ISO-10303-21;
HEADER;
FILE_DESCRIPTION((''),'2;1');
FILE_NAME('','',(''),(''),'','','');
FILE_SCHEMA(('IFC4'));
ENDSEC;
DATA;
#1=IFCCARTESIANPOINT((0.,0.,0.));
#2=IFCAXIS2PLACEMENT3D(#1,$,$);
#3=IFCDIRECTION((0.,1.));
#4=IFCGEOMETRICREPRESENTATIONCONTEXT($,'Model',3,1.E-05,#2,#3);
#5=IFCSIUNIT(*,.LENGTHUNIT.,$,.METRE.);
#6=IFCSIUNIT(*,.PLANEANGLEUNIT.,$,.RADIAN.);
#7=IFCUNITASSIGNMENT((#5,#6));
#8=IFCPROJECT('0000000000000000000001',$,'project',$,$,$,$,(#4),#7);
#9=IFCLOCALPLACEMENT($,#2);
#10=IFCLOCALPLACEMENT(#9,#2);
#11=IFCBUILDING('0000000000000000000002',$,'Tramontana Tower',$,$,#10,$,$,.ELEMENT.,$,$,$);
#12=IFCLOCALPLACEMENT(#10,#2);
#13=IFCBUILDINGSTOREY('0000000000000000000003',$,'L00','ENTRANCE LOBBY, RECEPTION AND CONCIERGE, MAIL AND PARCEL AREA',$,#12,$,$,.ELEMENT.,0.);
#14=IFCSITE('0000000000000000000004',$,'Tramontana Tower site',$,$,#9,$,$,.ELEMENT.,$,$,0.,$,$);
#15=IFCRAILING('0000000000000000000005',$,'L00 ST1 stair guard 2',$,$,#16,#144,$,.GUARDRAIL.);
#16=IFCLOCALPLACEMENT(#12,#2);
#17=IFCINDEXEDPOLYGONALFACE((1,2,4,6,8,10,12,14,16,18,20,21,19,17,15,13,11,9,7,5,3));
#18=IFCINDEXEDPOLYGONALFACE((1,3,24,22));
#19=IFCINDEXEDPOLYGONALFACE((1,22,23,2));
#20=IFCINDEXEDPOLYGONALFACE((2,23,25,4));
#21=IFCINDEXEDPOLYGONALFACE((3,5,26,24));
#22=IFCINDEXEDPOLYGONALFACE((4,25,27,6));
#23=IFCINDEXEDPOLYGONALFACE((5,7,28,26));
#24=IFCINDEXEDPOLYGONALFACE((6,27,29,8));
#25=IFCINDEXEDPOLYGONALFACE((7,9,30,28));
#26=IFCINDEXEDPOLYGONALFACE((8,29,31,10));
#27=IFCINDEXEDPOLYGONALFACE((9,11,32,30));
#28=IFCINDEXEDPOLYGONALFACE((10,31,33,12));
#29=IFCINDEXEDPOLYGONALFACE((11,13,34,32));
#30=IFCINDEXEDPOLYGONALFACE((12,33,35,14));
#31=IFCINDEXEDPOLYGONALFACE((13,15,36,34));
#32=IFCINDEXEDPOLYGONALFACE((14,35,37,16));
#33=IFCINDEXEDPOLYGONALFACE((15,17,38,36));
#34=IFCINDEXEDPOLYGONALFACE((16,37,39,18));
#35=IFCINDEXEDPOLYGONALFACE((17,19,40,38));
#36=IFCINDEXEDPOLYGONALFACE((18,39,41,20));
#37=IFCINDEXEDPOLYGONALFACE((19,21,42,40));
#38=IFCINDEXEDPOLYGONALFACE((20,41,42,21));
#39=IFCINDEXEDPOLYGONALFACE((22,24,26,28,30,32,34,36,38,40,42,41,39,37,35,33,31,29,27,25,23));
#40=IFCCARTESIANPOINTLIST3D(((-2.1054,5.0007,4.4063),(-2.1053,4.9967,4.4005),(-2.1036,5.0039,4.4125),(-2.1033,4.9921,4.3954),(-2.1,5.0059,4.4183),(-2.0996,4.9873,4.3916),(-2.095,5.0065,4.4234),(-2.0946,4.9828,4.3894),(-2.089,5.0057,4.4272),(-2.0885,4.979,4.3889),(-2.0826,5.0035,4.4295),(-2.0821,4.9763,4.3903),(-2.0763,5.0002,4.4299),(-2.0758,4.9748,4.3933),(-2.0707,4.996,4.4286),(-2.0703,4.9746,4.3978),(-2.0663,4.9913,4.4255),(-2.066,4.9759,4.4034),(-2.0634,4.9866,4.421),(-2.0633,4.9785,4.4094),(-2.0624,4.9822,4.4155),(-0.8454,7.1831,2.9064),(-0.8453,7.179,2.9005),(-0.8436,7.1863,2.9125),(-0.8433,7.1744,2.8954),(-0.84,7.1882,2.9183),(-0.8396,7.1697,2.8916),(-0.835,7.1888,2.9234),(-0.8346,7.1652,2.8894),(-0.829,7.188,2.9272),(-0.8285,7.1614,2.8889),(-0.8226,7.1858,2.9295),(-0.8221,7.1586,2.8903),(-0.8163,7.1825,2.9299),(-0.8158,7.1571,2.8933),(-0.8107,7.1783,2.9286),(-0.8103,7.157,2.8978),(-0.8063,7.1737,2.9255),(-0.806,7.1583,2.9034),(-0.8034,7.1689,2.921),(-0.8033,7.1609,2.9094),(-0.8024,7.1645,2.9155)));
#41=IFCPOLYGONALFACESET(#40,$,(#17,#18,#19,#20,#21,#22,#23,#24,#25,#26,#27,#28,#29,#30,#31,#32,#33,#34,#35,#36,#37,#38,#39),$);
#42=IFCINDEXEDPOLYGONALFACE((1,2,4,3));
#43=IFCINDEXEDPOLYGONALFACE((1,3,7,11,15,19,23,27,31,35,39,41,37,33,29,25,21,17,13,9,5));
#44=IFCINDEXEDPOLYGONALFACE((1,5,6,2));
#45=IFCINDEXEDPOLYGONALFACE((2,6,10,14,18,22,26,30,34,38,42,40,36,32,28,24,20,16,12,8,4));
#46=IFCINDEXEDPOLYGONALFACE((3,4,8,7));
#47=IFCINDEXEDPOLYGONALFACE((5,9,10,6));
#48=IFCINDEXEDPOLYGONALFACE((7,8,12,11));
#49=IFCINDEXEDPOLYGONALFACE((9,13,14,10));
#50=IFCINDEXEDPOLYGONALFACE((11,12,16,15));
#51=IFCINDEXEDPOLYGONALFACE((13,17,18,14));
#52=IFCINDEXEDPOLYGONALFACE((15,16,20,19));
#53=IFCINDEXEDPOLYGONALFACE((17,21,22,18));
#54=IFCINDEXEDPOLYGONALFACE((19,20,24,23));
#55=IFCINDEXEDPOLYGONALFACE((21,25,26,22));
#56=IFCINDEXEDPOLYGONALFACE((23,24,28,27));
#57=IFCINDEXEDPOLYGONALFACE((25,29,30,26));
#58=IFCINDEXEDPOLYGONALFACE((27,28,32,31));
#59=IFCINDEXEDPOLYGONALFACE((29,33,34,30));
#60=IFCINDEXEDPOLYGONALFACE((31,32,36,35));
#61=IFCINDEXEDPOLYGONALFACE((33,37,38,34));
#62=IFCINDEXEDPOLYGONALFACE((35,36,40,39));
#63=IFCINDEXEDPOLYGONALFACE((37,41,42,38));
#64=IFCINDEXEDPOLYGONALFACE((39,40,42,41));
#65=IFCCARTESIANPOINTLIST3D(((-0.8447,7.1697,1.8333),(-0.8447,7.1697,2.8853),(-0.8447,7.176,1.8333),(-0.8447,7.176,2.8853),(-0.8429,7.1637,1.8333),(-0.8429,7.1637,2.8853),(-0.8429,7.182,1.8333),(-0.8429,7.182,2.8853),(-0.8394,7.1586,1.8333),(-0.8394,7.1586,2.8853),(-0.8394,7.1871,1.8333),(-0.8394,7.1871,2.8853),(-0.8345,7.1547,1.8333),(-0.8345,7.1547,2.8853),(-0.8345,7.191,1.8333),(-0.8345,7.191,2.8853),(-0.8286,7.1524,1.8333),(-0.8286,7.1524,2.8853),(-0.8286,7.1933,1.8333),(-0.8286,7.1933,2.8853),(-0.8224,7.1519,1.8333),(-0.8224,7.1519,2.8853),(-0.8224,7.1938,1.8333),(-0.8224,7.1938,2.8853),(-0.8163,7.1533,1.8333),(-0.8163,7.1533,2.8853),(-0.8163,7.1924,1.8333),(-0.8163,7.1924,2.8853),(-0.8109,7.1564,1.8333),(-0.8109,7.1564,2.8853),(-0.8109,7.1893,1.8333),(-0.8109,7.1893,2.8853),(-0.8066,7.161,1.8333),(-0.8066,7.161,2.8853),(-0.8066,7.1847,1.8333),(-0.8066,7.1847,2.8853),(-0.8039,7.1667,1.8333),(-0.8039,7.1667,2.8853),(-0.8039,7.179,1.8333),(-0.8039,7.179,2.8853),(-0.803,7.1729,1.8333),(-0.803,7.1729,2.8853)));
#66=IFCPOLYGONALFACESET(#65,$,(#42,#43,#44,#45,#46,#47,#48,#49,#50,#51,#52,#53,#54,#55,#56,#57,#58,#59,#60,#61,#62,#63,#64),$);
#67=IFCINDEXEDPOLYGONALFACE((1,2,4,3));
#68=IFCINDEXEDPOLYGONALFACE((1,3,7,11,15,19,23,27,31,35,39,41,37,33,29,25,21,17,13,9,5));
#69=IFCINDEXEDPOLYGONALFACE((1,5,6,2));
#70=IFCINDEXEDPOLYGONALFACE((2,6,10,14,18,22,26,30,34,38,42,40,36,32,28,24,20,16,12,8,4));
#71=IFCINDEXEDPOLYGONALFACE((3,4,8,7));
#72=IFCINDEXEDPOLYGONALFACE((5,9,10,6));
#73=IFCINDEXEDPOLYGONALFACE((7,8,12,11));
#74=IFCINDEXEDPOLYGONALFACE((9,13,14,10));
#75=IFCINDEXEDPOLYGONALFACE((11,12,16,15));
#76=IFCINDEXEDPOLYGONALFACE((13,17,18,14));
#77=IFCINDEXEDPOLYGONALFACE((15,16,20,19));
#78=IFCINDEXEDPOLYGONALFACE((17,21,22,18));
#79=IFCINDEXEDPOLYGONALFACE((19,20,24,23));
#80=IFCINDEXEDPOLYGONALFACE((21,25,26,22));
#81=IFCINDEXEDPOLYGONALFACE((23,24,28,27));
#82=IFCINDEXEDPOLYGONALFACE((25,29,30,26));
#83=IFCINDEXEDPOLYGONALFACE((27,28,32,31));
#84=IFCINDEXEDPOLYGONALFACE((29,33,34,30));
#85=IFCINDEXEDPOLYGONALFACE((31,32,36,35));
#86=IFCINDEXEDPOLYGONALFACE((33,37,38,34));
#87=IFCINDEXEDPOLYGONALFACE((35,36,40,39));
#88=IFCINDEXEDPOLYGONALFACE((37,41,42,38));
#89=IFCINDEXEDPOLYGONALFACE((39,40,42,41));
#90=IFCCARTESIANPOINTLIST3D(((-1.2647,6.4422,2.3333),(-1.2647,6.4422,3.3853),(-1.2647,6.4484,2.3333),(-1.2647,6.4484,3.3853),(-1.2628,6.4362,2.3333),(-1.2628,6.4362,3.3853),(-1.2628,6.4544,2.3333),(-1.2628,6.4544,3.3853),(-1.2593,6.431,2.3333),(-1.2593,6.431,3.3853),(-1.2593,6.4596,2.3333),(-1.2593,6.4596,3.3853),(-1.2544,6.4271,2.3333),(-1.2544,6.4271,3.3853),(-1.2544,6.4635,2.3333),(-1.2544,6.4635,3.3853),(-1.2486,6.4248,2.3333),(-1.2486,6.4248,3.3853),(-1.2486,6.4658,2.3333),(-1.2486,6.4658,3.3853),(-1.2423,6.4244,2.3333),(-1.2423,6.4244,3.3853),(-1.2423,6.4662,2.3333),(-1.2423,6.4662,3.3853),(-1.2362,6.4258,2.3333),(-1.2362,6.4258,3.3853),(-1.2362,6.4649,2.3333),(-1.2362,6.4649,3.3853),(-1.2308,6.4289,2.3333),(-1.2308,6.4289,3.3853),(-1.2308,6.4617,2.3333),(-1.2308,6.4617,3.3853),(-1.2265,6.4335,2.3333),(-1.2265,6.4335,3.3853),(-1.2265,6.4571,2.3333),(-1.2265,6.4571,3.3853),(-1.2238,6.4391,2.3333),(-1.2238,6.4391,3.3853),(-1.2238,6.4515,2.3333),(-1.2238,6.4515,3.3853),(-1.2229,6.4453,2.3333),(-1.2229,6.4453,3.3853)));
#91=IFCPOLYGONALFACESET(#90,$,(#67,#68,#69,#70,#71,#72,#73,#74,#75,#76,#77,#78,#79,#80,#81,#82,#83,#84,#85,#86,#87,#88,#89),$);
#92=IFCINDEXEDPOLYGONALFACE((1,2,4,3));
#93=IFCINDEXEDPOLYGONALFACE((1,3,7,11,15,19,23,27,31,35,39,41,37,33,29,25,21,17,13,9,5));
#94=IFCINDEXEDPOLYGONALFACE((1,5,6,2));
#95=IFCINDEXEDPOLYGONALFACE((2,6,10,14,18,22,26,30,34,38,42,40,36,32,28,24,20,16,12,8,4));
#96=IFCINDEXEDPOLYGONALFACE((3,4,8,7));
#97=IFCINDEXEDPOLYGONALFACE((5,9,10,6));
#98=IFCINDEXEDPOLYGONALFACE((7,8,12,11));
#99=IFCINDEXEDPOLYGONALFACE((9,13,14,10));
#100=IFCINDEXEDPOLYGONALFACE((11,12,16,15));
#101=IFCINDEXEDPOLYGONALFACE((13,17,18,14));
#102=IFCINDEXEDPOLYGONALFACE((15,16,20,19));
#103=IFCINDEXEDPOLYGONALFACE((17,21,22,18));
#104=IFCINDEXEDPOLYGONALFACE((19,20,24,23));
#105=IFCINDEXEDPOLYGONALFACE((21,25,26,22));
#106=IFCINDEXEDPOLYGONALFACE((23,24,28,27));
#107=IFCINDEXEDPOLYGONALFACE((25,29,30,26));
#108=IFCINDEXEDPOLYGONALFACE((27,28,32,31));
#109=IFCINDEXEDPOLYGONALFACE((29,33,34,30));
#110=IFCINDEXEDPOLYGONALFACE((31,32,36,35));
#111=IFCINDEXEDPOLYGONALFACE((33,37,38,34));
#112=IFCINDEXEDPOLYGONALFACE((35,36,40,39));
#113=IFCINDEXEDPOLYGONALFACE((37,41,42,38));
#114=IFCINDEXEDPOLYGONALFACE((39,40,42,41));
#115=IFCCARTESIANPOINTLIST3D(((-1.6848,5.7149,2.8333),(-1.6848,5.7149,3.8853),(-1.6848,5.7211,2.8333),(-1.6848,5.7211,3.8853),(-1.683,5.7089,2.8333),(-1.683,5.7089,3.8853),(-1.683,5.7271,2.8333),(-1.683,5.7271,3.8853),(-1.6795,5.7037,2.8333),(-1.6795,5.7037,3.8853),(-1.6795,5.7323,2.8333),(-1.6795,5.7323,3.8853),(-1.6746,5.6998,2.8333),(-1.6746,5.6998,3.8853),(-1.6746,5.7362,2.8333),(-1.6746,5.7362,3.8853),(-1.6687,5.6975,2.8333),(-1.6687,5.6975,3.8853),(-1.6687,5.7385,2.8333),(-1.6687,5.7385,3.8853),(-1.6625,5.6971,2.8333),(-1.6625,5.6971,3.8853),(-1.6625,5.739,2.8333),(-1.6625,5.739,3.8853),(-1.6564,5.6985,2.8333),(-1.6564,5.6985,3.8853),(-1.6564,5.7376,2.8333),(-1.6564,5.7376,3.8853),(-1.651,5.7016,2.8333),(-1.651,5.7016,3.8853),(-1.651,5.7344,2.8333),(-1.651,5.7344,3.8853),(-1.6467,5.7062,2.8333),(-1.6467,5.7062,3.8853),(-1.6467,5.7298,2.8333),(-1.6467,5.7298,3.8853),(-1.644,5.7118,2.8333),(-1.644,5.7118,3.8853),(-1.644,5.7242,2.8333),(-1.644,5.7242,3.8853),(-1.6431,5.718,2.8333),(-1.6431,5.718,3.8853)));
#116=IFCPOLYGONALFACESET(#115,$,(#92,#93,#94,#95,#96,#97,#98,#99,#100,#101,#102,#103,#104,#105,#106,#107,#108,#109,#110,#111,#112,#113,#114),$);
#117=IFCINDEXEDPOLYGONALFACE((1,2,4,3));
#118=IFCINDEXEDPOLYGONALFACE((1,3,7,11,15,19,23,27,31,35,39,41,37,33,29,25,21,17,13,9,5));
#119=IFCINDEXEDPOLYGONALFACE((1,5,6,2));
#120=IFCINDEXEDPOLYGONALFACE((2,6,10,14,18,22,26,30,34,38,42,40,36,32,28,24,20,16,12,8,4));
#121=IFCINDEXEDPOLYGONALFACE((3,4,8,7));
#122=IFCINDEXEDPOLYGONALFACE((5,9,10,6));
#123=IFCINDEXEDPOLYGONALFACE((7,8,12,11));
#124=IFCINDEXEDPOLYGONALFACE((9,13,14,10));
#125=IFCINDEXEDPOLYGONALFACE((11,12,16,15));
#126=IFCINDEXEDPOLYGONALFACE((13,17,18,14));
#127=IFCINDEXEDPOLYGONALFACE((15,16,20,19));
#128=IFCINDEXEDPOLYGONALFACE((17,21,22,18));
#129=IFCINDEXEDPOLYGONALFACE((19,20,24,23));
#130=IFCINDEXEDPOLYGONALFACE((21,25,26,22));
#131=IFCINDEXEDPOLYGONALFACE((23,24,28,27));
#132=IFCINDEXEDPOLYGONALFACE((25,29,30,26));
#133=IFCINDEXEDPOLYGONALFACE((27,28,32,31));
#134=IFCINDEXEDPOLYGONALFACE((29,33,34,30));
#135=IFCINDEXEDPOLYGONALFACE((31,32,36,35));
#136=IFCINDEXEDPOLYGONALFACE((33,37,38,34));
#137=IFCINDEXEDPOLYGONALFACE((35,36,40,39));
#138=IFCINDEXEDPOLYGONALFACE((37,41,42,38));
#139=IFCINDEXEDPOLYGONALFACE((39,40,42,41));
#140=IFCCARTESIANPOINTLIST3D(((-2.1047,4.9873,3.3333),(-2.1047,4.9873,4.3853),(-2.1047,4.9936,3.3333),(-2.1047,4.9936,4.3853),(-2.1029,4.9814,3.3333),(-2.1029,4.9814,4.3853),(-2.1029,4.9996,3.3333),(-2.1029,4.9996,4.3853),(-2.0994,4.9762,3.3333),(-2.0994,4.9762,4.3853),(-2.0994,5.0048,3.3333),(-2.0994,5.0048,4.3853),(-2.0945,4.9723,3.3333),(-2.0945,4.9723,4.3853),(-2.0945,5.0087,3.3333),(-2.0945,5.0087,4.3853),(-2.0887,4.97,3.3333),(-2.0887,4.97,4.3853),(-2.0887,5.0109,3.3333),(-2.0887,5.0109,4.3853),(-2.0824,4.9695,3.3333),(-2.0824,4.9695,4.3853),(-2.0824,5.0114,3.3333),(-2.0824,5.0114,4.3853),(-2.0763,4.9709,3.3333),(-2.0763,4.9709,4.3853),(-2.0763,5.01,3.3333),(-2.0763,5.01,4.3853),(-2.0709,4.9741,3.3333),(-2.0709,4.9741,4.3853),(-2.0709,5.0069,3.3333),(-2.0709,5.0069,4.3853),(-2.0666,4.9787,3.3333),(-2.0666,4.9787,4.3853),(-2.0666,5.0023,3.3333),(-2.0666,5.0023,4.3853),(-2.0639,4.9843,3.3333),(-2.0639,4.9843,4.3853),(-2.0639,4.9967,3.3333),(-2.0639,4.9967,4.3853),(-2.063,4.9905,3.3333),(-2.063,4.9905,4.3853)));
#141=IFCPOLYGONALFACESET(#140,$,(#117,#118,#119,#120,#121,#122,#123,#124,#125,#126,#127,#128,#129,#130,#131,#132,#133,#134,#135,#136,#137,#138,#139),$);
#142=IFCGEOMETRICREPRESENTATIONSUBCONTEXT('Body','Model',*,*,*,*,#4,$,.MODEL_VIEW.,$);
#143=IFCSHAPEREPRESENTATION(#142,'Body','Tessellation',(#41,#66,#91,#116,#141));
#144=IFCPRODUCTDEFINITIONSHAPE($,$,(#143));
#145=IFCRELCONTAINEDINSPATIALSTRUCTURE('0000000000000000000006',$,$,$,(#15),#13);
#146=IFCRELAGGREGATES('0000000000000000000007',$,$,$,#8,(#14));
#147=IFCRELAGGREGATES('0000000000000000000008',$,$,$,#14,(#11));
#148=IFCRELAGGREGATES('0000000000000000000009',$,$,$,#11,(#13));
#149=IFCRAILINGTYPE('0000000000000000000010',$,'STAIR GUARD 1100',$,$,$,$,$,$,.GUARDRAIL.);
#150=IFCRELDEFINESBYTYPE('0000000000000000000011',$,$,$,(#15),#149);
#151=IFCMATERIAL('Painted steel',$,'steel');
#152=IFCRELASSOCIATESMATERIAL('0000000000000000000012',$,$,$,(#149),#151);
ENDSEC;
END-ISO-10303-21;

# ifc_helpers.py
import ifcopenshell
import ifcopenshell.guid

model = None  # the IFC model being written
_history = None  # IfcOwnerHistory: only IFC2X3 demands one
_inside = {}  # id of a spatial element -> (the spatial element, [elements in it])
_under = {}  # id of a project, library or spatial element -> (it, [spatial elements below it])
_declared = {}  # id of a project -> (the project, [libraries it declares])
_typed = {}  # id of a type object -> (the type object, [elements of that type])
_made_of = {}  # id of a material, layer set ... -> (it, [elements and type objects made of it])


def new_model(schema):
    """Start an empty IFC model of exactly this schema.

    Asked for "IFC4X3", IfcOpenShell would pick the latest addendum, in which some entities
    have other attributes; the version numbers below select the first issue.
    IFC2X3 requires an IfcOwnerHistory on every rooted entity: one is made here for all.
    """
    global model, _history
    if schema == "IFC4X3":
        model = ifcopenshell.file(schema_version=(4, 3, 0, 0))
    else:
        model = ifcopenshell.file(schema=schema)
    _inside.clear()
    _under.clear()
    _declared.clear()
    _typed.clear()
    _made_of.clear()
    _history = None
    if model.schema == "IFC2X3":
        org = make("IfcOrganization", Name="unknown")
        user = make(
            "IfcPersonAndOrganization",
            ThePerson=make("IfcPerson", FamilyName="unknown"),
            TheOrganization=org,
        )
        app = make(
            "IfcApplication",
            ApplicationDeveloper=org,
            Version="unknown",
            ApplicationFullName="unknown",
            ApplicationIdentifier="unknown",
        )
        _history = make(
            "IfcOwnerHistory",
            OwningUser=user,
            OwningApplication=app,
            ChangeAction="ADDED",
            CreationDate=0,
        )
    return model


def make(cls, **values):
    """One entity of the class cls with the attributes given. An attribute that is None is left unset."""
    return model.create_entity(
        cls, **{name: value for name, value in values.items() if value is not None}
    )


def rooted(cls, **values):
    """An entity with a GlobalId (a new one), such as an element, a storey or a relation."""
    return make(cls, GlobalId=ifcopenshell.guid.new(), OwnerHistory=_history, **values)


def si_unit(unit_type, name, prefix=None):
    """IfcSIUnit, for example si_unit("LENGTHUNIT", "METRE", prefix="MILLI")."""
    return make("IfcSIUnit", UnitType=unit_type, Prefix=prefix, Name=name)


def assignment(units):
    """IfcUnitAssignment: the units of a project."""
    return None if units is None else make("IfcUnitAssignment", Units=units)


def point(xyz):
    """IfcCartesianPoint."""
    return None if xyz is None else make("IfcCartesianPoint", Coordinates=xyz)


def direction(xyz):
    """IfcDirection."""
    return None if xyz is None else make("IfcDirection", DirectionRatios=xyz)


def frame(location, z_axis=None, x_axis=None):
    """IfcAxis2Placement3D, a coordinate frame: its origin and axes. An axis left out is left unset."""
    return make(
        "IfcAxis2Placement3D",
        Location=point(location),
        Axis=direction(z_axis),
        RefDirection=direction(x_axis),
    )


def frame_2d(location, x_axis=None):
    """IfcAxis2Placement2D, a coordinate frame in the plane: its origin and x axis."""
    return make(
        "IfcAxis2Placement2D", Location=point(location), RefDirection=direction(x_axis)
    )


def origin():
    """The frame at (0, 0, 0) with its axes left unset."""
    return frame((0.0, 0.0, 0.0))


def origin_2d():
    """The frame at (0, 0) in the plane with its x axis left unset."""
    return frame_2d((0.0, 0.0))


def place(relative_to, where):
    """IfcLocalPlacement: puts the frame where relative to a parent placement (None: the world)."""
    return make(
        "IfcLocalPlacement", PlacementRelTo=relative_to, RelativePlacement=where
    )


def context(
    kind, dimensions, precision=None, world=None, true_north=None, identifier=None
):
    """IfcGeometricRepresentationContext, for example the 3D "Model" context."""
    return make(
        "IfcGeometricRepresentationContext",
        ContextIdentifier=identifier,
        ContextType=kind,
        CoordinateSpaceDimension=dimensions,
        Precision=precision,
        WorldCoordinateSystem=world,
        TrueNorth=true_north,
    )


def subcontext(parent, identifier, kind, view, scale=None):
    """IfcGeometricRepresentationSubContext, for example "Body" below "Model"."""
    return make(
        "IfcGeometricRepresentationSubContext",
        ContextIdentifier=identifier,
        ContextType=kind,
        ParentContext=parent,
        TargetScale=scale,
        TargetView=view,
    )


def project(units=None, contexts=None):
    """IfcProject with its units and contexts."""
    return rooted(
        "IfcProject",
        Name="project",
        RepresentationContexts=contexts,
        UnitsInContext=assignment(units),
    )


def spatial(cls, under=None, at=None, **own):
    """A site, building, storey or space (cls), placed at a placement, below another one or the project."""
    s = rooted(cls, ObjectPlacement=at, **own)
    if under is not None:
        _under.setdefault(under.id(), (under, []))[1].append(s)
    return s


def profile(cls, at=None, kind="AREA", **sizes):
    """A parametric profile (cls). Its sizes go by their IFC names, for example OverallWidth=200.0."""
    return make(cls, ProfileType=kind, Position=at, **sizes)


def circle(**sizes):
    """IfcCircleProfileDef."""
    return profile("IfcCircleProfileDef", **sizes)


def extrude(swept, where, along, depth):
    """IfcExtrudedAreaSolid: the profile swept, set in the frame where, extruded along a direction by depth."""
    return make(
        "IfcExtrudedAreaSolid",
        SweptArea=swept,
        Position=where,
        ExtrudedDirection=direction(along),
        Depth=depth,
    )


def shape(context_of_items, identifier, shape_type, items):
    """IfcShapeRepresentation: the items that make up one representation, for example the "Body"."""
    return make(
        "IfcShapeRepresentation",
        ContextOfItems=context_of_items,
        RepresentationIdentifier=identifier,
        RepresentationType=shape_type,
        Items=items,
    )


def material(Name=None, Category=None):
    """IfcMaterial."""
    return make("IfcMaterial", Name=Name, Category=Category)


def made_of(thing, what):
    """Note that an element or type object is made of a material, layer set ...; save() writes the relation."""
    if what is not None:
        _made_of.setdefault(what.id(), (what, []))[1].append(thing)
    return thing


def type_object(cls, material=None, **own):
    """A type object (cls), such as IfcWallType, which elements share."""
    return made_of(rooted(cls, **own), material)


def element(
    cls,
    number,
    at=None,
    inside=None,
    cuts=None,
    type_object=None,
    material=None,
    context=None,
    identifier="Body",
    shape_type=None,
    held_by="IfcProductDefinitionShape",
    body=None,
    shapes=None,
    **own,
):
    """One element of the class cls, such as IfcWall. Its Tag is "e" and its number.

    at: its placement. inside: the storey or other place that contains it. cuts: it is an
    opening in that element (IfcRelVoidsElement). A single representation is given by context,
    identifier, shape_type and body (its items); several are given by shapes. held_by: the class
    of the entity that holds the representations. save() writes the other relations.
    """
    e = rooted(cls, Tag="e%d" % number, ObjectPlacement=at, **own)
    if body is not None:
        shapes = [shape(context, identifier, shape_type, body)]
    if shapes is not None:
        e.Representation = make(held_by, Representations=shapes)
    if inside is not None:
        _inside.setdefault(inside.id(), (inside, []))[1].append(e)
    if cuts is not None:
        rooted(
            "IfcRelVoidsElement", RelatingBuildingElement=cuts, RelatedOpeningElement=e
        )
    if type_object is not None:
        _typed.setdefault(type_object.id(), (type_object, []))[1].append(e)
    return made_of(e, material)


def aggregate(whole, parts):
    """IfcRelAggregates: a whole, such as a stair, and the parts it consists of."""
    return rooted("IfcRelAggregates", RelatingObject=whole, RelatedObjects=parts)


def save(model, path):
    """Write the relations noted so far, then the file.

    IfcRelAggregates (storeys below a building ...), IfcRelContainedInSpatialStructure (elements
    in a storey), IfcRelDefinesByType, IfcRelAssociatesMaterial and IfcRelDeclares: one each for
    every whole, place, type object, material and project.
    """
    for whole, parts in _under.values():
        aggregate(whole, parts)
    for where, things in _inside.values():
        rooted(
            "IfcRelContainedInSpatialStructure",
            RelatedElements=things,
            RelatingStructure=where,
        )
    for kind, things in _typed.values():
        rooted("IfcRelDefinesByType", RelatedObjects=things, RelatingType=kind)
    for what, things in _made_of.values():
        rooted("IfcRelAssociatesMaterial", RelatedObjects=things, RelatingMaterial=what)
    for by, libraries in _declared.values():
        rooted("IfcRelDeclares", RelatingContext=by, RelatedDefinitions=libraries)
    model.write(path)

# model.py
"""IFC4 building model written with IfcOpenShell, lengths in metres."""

from ifc_helpers import new_model, si_unit, direction, frame, origin, origin_2d, place, context, subcontext, project, spatial, circle, extrude, material, type_object, element, save


model = new_model("IFC4")

# Units and contexts
model_context = context("Model", 3, precision=1e-05, world=origin(), true_north=direction((0.0, 1.0)))
body_context = subcontext(model_context, "Body", "Model", "MODEL_VIEW")
ifc_project = project(units=[si_unit("LENGTHUNIT", "METRE"), si_unit("PLANEANGLEUNIT", "RADIAN")], contexts=[model_context])

# Site, building, storey
site_placement = place(None, origin())
site = spatial("IfcSite", under=ifc_project, at=site_placement, Name="Tramontana Tower site", CompositionType="ELEMENT", RefElevation=0.0)
building_placement = place(site_placement, origin())
building = spatial("IfcBuilding", under=site, at=building_placement, Name="Tramontana Tower", CompositionType="ELEMENT")
storey_placement = place(building_placement, origin())
storey = spatial("IfcBuildingStorey", under=building, at=storey_placement, Name="L00", Description="ENTRANCE LOBBY, RECEPTION AND CONCIERGE, MAIL AND PARCEL AREA", CompositionType="ELEMENT", Elevation=0.0)

# Railing
ifc_material_1 = material(Name="Painted steel", Category="steel")
railing_type_1 = type_object("IfcRailingType", Name="STAIR GUARD 1100", PredefinedType="GUARDRAIL", material=ifc_material_1)
for number, where, name in (
    (1, (-0.824, 7.1729, 1.8333), "L00 ST1 stair guard 2"),
):
    element("IfcRailing", number, at=place(storey_placement, frame(where)), inside=storey, type_object=railing_type_1, Name=name, PredefinedType="GUARDRAIL", context=body_context, shape_type="SweptSolid", body=[
        extrude(circle(Radius=0.0239, at=origin_2d()), frame((0.0, 0.0, 1.0762), z_axis=(-0.42965, -0.744167, 0.511485), x_axis=(0.866023, -0.500005, 0.0)), (0.0, 0.0, 1.0), 2.9326),
        extrude(circle(Radius=0.021, at=origin_2d()), origin(), (0.0, 0.0, 1.0), 1.052),
        extrude(circle(Radius=0.021, at=origin_2d()), frame((-0.4199, -0.7275, 0.5)), (0.0, 0.0, 1.0), 1.052),
        extrude(circle(Radius=0.021, at=origin_2d()), frame((-0.8401, -1.4548, 1.0)), (0.0, 0.0, 1.0), 1.052),
        extrude(circle(Radius=0.021, at=origin_2d()), frame((-1.26, -2.1824, 1.5)), (0.0, 0.0, 1.0), 1.052),
    ])

save(model, "model.ifc")
